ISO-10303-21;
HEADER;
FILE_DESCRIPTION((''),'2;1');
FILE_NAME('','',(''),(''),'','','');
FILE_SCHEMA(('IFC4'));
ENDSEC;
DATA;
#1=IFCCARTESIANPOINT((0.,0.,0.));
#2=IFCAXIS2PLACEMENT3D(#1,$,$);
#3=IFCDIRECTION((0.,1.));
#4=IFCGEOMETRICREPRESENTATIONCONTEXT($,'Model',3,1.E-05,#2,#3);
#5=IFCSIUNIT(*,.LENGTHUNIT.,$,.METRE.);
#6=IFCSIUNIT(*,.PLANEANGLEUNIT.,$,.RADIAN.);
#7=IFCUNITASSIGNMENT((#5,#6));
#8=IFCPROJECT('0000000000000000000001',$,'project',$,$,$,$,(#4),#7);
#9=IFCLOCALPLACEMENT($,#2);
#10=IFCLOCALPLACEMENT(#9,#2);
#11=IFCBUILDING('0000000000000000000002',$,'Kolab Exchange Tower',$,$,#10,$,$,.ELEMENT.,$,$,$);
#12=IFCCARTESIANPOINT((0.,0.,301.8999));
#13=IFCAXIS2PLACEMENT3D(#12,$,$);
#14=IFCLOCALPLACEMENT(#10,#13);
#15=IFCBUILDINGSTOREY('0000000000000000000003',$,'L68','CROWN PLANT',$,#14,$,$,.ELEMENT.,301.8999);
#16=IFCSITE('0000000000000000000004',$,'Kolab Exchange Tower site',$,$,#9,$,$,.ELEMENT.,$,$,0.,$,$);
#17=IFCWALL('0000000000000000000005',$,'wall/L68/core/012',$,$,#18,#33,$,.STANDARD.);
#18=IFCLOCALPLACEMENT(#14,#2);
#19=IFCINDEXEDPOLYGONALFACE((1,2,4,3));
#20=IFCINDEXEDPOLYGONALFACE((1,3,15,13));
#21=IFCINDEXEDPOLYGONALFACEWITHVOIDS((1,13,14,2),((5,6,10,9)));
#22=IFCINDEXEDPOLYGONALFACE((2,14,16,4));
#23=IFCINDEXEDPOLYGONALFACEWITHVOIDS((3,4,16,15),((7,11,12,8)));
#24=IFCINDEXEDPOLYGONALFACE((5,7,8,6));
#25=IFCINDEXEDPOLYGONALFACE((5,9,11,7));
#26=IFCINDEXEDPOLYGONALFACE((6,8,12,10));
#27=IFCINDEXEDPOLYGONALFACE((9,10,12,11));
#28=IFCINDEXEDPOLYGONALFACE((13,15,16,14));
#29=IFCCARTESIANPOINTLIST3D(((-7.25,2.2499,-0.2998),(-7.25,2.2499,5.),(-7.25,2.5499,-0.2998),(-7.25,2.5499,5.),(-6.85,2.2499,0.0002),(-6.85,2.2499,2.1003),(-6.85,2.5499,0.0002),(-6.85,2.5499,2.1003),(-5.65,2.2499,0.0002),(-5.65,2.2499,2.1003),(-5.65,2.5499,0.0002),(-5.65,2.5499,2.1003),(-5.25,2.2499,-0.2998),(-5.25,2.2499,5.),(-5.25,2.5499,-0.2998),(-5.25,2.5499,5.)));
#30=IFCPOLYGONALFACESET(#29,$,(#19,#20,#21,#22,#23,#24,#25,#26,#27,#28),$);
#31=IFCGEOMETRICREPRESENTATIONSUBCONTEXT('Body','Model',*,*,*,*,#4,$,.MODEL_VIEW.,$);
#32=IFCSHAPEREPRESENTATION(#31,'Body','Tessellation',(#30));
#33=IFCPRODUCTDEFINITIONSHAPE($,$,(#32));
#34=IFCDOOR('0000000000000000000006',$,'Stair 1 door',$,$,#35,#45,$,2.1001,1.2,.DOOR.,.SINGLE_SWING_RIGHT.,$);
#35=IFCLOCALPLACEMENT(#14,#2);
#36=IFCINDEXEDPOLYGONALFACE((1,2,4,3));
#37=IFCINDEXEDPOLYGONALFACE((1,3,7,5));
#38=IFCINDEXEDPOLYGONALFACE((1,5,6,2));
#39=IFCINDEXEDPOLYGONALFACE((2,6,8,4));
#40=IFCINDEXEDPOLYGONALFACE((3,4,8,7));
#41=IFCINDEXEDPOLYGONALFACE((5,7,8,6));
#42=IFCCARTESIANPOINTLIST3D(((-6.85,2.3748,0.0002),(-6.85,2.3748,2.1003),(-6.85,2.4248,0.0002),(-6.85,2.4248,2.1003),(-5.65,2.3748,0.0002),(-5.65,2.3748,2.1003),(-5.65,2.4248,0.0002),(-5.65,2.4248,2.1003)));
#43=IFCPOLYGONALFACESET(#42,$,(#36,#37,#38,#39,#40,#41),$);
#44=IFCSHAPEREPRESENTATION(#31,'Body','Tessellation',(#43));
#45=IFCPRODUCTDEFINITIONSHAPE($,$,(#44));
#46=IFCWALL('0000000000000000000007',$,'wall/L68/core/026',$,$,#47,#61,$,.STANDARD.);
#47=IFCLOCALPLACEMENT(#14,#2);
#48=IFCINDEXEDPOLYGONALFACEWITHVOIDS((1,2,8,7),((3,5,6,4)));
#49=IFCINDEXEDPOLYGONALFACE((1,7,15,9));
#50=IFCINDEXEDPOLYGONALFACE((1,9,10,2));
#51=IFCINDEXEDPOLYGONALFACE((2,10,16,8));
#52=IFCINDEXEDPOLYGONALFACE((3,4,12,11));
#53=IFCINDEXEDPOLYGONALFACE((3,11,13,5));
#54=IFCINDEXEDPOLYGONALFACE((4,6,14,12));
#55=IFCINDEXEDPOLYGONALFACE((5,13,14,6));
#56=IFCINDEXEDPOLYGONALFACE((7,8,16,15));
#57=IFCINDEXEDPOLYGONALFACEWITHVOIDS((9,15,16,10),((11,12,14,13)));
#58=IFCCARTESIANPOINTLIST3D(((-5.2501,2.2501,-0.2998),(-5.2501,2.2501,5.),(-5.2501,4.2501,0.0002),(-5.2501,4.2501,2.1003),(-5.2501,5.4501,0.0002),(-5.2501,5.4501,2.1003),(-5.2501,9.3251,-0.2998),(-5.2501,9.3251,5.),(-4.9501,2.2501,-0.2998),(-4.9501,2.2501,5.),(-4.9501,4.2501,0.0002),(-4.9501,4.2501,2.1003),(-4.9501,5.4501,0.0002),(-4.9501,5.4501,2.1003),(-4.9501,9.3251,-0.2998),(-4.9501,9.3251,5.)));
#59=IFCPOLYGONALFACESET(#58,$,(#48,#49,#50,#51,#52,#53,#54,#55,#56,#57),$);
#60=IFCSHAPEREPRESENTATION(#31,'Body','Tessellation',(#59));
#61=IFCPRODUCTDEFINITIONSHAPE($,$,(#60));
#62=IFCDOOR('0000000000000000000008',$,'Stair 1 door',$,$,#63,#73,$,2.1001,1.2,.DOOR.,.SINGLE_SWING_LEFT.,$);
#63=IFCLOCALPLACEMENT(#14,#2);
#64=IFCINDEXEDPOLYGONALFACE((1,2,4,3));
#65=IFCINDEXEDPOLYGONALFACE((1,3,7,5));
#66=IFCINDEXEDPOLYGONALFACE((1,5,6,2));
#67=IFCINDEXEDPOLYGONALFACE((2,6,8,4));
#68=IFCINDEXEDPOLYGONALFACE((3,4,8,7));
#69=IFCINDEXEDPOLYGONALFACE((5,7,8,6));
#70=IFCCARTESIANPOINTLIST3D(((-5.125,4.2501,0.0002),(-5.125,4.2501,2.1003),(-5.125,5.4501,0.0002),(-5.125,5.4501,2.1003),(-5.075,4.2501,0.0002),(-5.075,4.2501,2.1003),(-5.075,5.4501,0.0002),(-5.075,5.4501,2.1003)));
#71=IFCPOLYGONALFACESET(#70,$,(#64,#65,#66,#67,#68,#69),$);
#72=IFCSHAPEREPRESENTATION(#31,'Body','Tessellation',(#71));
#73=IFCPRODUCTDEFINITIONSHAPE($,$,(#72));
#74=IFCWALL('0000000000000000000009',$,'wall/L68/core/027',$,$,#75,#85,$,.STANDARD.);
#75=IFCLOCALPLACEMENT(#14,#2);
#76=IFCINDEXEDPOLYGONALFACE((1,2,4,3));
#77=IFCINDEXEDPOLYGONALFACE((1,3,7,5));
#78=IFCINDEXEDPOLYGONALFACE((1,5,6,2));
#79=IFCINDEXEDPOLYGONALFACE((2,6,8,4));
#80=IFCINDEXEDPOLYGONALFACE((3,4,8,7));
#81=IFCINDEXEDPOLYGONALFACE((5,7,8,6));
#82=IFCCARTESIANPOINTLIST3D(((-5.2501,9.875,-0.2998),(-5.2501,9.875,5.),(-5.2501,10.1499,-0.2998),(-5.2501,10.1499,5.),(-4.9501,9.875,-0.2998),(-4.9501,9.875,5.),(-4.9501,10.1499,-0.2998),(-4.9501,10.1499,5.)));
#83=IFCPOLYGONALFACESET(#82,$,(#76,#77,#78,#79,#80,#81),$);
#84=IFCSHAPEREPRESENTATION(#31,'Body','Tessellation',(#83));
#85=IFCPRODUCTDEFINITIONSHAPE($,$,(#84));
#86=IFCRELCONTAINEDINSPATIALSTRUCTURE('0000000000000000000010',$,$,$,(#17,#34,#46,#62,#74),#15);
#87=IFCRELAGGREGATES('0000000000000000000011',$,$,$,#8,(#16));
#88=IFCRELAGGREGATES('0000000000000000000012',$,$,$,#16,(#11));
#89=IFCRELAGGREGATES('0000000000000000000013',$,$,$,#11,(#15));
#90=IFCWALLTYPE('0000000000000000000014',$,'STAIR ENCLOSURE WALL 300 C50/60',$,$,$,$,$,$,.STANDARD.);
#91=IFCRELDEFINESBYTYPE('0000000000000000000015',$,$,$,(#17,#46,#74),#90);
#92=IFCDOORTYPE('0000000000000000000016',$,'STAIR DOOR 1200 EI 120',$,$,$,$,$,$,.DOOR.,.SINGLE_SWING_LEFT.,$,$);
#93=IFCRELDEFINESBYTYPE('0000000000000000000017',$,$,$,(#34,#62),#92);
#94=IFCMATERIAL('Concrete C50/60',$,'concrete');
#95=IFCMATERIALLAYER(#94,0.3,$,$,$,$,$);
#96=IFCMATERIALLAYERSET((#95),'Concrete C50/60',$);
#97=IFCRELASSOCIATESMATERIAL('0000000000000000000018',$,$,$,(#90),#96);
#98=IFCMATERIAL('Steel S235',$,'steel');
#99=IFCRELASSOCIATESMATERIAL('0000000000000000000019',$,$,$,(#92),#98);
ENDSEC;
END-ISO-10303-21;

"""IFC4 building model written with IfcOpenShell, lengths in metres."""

from ifc_helpers import new_model, si_unit, direction, frame, frame_2d, origin, place, context, subcontext, project, spatial, rectangle, extrude, material, layer, layer_set, type_object, element, fill, save


model = new_model("IFC4")

# Units and contexts
model_context = context("Model", 3, precision=1e-05, world=origin(), true_north=direction((0.0, 1.0)))
body_context = subcontext(model_context, "Body", "Model", "MODEL_VIEW")
ifc_project = project(units=[si_unit("LENGTHUNIT", "METRE"), si_unit("PLANEANGLEUNIT", "RADIAN")], contexts=[model_context])

# Site, building, storey
site_placement = place(None, origin())
site = spatial("IfcSite", under=ifc_project, at=site_placement, Name="Kolab Exchange Tower site", CompositionType="ELEMENT", RefElevation=0.0)
building_placement = place(site_placement, origin())
building = spatial("IfcBuilding", under=site, at=building_placement, Name="Kolab Exchange Tower", CompositionType="ELEMENT")
storey_placement = place(building_placement, frame((0.0, 0.0, 301.8999)))
storey = spatial("IfcBuildingStorey", under=building, at=storey_placement, Name="L68", Description="CROWN PLANT", CompositionType="ELEMENT", Elevation=301.8999)

# Shared definitions
ifc_material_1 = material(Name="Concrete C50/60", Category="concrete")

# Shared definitions
ifc_material_2 = material(Name="Steel S235", Category="steel")

# Walls, openings, doors
ifc_layer_1 = layer(ifc_material_1, 0.3)
ifc_layer_set_1 = layer_set([ifc_layer_1], Name="Concrete C50/60")
wall_type_1 = type_object("IfcWallType", Name="STAIR ENCLOSURE WALL 300 C50/60", PredefinedType="STANDARD", material=ifc_layer_set_1)
wall_1_placement = place(storey_placement, frame((-7.25, 2.3999, -0.2998), z_axis=(0.0, 0.0, 1.0), x_axis=(1.0, 0.0, 0.0)))
wall_1 = element("IfcWall", 1, at=wall_1_placement, inside=storey, type_object=wall_type_1, Name="wall/L68/core/012", PredefinedType="STANDARD", context=body_context, shape_type="SweptSolid", body=[
    extrude(rectangle(XDim=2.0, YDim=0.3, at=frame_2d((1.0, 0.0))), origin(), (0.0, 0.0, 1.0), 5.2998),
])
opening_1_placement = place(wall_1_placement, frame((0.3999, 0.0, 0.3)))
opening_1 = element("IfcOpeningElement", 2, at=opening_1_placement, cuts=wall_1, PredefinedType="OPENING", context=body_context, shape_type="SweptSolid", body=[
    extrude(rectangle(XDim=1.2, YDim=2.1001, at=frame_2d((0.6001, 1.05))), frame((0.0, 0.1602, 0.0), z_axis=(0.0, -1.0, 0.0), x_axis=(1.0, 0.0, 0.0)), (0.0, 0.0, 1.0), 0.3201),
])
door_type_1 = type_object("IfcDoorType", Name="STAIR DOOR 1200 EI 120", OperationType="SINGLE_SWING_LEFT", PredefinedType="DOOR", material=ifc_material_2)
door_1_placement = place(opening_1_placement, origin())
door_1 = element("IfcDoor", 3, at=door_1_placement, inside=storey, type_object=door_type_1, Name="Stair 1 door", OperationType="SINGLE_SWING_RIGHT", OverallHeight=2.1001, OverallWidth=1.2, PredefinedType="DOOR", context=body_context, shape_type="SweptSolid", body=[
    extrude(rectangle(XDim=1.2, YDim=2.1001, at=frame_2d((0.6001, 1.05))), frame((0.0, 0.0249, 0.0), z_axis=(0.0, -1.0, 0.0), x_axis=(1.0, 0.0, 0.0)), (0.0, 0.0, 1.0), 0.05),
])
fill(opening_1, door_1)
wall_2_placement = place(storey_placement, frame((-5.1001, 2.25, -0.2998), z_axis=(0.0, 0.0, 1.0), x_axis=(0.0, 1.0, 0.0)))
wall_2 = element("IfcWall", 4, at=wall_2_placement, inside=storey, type_object=wall_type_1, Name="wall/L68/core/026", PredefinedType="STANDARD", context=body_context, shape_type="SweptSolid", body=[
    extrude(rectangle(XDim=7.075, YDim=0.3, at=frame_2d((3.5376, 0.0))), origin(), (0.0, 0.0, 1.0), 5.2998),
])
opening_2_placement = place(wall_2_placement, frame((2.0, 0.0, 0.3)))
opening_2 = element("IfcOpeningElement", 5, at=opening_2_placement, cuts=wall_2, PredefinedType="OPENING", context=body_context, shape_type="SweptSolid", body=[
    extrude(rectangle(XDim=1.2, YDim=2.1001, at=frame_2d((0.6001, 1.05))), frame((0.0, 0.1602, 0.0), z_axis=(0.0, -1.0, 0.0), x_axis=(1.0, 0.0, 0.0)), (0.0, 0.0, 1.0), 0.3201),
])
door_2_placement = place(opening_2_placement, origin())
door_2 = element("IfcDoor", 6, at=door_2_placement, inside=storey, type_object=door_type_1, Name="Stair 1 door", OperationType="SINGLE_SWING_LEFT", OverallHeight=2.1001, OverallWidth=1.2, PredefinedType="DOOR", context=body_context, shape_type="SweptSolid", body=[
    extrude(rectangle(XDim=1.2, YDim=2.1001, at=frame_2d((0.6001, 1.05))), frame((0.0, 0.0249, 0.0), z_axis=(0.0, -1.0, 0.0), x_axis=(1.0, 0.0, 0.0)), (0.0, 0.0, 1.0), 0.05),
])
fill(opening_2, door_2)

# Wall
wall_3_placement = place(storey_placement, frame((-5.1001, 9.875, -0.2998), z_axis=(0.0, 0.0, 1.0), x_axis=(0.0, 1.0, 0.0)))
element("IfcWall", 7, at=wall_3_placement, inside=storey, type_object=wall_type_1, Name="wall/L68/core/027", PredefinedType="STANDARD", context=body_context, shape_type="SweptSolid", body=[
    extrude(rectangle(XDim=0.2749, YDim=0.3, at=frame_2d((0.1375, 0.0))), origin(), (0.0, 0.0, 1.0), 5.2998),
])

save(model, "model.ifc")
